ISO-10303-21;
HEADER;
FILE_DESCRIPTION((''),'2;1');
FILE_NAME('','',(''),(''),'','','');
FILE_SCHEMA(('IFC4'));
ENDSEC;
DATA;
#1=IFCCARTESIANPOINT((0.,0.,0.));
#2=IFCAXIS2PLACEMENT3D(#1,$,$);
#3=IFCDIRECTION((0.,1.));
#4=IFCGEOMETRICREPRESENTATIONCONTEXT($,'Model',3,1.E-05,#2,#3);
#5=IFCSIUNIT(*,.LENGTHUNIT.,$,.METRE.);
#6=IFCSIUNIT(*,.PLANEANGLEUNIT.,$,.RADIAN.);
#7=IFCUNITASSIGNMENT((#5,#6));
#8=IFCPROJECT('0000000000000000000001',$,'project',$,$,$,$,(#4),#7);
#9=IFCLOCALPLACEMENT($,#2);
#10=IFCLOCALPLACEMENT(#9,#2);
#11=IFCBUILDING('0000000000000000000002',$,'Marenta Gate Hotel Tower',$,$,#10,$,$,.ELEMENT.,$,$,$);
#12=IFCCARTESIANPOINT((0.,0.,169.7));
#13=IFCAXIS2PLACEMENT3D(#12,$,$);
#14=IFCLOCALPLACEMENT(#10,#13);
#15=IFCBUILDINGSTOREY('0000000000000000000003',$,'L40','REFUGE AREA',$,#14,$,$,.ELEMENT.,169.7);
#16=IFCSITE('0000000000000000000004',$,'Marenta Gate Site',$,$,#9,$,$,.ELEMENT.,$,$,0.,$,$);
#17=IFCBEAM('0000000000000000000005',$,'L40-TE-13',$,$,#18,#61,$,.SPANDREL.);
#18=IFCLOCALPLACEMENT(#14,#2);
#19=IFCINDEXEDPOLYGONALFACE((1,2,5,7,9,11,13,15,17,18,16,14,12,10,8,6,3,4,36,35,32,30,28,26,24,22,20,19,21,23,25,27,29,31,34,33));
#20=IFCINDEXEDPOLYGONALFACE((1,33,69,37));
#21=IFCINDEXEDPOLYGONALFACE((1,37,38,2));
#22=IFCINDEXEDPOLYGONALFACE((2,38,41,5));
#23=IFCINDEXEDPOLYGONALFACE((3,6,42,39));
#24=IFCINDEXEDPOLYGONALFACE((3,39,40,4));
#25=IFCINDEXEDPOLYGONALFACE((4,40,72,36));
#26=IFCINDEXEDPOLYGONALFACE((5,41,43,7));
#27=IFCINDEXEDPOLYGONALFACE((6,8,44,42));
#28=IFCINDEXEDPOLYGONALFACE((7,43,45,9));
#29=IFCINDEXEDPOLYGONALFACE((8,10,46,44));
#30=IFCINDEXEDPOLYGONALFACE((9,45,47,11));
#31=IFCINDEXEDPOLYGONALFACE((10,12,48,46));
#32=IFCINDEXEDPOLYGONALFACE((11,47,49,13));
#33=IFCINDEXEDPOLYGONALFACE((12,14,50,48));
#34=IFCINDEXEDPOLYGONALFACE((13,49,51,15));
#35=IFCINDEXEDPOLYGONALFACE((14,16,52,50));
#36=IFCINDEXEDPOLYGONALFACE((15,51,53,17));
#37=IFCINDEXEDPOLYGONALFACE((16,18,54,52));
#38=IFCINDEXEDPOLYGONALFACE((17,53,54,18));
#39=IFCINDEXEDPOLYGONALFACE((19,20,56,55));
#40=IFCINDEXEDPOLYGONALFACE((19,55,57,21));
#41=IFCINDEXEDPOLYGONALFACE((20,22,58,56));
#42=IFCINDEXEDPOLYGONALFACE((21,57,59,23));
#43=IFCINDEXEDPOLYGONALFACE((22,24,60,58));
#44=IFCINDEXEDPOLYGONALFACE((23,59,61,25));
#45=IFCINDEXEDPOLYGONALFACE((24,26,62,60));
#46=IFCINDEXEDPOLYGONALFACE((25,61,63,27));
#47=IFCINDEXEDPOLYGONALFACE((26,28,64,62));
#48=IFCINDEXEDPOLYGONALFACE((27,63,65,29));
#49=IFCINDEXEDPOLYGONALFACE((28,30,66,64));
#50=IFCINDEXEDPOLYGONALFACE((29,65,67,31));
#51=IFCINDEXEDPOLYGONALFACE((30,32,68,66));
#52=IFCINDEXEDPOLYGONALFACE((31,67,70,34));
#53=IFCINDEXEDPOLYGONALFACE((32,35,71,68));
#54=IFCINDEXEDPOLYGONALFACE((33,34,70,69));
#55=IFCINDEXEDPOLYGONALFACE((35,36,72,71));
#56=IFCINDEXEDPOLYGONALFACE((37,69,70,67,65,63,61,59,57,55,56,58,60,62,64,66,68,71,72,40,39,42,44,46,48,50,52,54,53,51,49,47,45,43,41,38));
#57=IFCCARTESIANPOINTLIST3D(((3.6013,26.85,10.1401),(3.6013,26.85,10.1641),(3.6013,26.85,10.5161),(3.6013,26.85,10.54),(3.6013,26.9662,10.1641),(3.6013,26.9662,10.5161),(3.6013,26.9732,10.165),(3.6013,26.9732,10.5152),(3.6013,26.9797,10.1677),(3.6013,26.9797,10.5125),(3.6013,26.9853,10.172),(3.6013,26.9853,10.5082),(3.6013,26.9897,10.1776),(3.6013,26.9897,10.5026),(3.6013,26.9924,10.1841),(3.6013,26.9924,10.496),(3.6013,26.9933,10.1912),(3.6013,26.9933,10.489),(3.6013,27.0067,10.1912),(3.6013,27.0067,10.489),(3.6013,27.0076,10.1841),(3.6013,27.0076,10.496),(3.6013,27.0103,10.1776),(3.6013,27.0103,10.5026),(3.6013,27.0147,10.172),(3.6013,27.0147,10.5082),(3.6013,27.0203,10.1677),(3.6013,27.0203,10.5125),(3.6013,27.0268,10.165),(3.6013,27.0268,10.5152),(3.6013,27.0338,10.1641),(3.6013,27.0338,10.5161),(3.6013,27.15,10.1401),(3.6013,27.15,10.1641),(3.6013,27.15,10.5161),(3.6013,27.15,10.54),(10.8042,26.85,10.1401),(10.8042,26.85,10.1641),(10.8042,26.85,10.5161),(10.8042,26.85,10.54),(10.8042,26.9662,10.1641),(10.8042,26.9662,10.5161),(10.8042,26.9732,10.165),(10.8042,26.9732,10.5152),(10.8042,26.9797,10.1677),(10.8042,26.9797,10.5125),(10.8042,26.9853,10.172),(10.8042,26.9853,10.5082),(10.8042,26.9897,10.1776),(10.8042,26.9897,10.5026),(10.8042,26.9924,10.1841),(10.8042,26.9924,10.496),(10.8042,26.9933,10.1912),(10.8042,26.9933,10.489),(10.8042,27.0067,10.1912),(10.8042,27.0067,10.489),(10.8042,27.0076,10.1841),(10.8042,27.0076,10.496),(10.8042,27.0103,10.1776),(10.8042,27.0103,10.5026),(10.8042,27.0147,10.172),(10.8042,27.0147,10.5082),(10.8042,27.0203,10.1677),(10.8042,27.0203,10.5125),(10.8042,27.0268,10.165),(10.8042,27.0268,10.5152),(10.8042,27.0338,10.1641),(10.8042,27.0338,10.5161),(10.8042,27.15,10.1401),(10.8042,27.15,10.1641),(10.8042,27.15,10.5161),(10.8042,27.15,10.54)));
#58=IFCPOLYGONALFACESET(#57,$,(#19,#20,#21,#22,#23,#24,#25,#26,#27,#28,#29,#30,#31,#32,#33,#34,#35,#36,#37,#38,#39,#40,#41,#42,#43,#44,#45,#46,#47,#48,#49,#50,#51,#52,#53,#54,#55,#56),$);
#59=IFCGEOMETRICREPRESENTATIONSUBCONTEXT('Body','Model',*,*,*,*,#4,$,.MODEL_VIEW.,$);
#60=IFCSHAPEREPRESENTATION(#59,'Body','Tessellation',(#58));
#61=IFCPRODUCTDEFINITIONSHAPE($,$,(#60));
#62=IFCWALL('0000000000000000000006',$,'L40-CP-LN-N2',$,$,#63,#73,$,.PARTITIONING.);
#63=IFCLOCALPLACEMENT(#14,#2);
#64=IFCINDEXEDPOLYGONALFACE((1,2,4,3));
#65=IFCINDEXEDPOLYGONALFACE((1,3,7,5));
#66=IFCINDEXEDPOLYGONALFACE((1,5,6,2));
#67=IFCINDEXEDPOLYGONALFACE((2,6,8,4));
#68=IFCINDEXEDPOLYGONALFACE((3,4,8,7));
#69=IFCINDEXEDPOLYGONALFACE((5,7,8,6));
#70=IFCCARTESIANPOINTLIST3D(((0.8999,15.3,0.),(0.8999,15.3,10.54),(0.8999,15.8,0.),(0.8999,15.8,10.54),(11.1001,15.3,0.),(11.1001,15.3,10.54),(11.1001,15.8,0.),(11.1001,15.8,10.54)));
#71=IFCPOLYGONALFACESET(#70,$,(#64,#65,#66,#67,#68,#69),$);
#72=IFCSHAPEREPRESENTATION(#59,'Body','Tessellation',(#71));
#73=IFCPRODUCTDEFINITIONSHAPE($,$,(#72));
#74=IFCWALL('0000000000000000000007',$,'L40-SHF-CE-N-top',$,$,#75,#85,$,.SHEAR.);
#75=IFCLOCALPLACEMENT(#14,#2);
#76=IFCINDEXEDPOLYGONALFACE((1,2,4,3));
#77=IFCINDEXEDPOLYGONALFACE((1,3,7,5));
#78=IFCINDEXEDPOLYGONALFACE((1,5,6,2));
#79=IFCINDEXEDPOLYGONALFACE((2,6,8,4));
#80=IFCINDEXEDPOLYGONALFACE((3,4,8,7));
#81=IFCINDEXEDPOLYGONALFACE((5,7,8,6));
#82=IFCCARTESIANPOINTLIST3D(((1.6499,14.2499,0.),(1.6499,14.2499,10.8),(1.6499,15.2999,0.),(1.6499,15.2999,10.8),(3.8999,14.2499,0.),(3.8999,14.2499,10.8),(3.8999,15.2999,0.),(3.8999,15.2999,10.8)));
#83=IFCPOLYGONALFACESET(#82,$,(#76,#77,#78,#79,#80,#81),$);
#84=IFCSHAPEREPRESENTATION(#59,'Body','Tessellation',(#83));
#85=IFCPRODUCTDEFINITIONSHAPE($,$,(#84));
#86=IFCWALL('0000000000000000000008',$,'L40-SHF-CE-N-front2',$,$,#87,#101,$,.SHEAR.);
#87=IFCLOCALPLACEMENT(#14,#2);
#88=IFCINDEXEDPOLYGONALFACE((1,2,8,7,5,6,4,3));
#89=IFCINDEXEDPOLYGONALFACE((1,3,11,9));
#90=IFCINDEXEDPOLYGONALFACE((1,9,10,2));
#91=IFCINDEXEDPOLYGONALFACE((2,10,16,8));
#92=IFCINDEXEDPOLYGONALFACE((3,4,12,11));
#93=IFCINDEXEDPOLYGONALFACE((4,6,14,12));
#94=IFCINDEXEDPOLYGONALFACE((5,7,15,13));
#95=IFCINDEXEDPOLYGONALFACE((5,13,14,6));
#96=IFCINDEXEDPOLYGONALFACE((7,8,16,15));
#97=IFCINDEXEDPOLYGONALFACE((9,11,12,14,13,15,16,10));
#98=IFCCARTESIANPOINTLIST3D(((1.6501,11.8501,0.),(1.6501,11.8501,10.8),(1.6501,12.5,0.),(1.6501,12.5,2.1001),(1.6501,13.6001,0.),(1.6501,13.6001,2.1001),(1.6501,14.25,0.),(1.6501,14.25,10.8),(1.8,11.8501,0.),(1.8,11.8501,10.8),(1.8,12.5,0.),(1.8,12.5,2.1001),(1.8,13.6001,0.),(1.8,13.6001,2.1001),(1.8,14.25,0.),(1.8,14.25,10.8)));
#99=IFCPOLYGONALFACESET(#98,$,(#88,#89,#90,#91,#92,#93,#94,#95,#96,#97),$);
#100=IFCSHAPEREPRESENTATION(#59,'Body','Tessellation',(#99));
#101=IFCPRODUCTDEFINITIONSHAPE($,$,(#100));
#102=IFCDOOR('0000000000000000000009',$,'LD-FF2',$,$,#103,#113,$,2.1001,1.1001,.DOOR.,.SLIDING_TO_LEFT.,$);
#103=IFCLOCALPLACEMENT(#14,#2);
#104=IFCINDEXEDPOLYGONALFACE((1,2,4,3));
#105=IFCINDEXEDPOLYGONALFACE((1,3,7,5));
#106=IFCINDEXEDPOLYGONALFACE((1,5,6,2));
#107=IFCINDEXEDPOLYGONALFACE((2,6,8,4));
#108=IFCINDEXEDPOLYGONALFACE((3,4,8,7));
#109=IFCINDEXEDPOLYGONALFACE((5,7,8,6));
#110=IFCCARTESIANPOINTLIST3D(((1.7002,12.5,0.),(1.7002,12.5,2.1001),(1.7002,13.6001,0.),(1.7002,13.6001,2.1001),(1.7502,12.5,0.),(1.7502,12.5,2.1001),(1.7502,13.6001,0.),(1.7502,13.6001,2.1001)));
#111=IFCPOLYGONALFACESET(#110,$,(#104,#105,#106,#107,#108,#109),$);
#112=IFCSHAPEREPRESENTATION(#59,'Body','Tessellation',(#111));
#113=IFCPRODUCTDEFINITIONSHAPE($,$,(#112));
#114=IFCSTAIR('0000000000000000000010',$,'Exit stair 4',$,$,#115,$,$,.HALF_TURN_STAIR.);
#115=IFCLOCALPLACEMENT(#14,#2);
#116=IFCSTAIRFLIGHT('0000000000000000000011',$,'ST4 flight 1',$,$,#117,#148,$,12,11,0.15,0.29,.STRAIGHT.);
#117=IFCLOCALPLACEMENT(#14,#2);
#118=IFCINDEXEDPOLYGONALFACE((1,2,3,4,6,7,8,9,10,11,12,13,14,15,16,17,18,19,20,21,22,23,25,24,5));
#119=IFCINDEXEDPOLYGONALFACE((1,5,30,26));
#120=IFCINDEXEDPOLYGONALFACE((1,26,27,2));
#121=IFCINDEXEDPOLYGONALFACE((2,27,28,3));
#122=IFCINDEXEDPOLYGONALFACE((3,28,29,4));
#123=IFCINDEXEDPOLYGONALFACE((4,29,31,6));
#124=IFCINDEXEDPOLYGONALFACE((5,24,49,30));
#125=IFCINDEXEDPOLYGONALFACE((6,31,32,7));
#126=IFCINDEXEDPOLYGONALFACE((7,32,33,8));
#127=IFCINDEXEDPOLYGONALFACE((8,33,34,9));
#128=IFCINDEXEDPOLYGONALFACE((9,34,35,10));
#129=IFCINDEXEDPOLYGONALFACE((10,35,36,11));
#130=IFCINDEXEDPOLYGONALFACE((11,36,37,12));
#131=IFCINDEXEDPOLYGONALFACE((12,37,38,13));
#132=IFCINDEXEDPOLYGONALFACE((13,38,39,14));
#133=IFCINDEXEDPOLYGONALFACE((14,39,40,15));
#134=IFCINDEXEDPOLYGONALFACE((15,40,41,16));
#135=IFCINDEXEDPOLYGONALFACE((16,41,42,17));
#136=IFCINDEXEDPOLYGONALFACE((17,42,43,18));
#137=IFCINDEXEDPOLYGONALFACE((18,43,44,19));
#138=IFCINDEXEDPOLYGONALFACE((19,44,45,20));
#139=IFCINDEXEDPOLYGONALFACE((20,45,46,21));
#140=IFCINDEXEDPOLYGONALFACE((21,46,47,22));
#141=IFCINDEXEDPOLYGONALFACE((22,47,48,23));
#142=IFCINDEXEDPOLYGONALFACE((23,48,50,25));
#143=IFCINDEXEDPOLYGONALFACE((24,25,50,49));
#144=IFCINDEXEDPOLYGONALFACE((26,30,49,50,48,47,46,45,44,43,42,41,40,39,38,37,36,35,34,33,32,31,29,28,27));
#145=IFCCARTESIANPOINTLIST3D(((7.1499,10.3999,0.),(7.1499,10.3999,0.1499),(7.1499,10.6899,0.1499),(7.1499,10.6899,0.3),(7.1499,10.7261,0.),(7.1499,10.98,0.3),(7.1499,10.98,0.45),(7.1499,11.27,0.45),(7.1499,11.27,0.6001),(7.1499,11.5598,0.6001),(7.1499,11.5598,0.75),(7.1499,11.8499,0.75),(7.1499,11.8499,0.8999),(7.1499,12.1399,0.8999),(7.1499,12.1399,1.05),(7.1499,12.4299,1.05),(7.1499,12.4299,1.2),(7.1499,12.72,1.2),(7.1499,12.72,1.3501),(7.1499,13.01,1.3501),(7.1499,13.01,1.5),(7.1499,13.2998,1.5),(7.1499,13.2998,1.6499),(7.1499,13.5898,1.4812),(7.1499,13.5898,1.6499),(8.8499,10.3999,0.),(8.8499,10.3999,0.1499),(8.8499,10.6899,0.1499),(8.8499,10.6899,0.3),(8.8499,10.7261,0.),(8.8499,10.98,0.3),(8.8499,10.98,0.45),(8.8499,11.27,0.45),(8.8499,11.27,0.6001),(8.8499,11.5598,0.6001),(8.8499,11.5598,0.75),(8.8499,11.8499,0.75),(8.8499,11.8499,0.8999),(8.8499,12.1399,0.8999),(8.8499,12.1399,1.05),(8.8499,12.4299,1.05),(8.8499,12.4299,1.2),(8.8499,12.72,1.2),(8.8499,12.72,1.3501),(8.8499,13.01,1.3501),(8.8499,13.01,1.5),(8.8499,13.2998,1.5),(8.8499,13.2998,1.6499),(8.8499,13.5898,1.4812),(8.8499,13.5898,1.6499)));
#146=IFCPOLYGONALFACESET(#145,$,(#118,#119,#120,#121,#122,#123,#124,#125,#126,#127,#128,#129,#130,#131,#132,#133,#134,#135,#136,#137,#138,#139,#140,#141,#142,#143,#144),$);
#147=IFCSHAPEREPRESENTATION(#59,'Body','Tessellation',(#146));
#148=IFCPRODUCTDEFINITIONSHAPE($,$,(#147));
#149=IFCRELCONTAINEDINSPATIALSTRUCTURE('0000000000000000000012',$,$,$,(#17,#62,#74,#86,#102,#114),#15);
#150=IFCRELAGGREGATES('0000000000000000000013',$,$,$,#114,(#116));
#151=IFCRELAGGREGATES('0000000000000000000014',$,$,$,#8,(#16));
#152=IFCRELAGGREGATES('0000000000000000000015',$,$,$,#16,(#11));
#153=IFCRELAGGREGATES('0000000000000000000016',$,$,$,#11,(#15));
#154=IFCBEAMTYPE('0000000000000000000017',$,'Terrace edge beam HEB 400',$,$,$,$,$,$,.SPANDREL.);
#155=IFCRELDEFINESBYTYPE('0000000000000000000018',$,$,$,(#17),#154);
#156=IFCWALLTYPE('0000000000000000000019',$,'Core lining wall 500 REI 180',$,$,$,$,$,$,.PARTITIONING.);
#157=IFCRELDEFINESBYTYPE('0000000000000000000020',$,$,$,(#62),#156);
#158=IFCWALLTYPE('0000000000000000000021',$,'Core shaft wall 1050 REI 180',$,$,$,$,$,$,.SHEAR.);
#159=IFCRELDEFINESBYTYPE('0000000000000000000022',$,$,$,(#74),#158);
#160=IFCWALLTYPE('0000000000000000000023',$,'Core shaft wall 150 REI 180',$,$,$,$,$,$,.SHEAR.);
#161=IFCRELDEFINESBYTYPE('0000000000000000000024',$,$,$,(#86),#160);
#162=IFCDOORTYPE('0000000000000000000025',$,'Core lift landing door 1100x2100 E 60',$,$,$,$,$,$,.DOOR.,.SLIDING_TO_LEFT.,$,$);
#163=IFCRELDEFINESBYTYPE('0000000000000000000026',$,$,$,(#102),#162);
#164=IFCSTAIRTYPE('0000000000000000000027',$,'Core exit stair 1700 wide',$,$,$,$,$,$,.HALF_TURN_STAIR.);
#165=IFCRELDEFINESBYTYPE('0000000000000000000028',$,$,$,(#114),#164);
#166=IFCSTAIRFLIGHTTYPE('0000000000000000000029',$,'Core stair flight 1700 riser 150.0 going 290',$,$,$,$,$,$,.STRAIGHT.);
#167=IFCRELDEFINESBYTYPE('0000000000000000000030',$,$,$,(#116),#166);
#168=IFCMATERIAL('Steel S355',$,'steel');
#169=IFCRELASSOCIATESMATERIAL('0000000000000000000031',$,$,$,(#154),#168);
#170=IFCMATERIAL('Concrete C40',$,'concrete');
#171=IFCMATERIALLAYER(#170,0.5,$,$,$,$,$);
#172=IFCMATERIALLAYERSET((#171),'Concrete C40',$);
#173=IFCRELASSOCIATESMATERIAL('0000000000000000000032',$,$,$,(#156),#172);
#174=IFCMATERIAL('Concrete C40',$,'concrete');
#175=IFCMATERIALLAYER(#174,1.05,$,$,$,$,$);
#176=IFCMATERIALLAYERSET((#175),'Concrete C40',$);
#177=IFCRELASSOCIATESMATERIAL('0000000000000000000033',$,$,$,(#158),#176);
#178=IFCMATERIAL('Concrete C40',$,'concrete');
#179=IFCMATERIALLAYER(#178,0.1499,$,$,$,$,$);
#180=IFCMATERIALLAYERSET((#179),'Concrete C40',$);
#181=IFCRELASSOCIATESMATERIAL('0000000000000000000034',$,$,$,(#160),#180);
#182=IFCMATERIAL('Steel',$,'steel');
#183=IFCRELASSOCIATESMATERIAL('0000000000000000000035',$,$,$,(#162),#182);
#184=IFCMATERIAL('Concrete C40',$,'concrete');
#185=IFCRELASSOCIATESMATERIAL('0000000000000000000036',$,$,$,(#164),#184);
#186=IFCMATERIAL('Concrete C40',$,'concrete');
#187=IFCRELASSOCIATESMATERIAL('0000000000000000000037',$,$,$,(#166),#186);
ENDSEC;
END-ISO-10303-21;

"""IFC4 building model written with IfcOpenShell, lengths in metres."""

from ifc_helpers import new_model, si_unit, direction, frame, frame_2d, origin, origin_2d, place, context, subcontext, project, spatial, polyline, rectangle, i_section, outline, extrude, material, layer, layer_set, material_profile, profile_set, type_object, element, fill, aggregate, save


model = new_model("IFC4")

# Units and contexts
model_context = context("Model", 3, precision=1e-05, world=origin(), true_north=direction((0.0, 1.0)))
body_context = subcontext(model_context, "Body", "Model", "MODEL_VIEW")
ifc_project = project(units=[si_unit("LENGTHUNIT", "METRE"), si_unit("PLANEANGLEUNIT", "RADIAN")], contexts=[model_context])

# Site, building, storey
site_placement = place(None, origin())
site = spatial("IfcSite", under=ifc_project, at=site_placement, Name="Marenta Gate Site", CompositionType="ELEMENT", RefElevation=0.0)
building_placement = place(site_placement, origin())
building = spatial("IfcBuilding", under=site, at=building_placement, Name="Marenta Gate Hotel Tower", CompositionType="ELEMENT")
storey_placement = place(building_placement, frame((0.0, 0.0, 169.7)))
storey = spatial("IfcBuildingStorey", under=building, at=storey_placement, Name="L40", Description="REFUGE AREA", CompositionType="ELEMENT", Elevation=169.7)

# Beam
ifc_material_1 = material(Name="Steel S355", Category="steel")
ifc_material_profile_1 = material_profile(ifc_material_1, i_section(OverallWidth=0.3, OverallDepth=0.3999, WebThickness=0.0134, FlangeThickness=0.0239, FilletRadius=0.0271, at=origin_2d()), Name="HEB 400")
ifc_profile_set_1 = profile_set([ifc_material_profile_1], Name="Steel S355")
beam_type_1 = type_object("IfcBeamType", Name="Terrace edge beam HEB 400", PredefinedType="SPANDREL", material=ifc_profile_set_1)
beam_1_placement = place(storey_placement, frame((3.6013, 27.0, 10.3401), z_axis=(1.0, 0.0, 0.0), x_axis=(0.0, 1.0, 0.0)))
element("IfcBeam", 1, at=beam_1_placement, inside=storey, type_object=beam_type_1, Name="L40-TE-13", PredefinedType="SPANDREL", context=body_context, shape_type="SweptSolid", body=[
    extrude(i_section(OverallWidth=0.3, OverallDepth=0.3999, WebThickness=0.0134, FlangeThickness=0.0239, FilletRadius=0.0271, at=origin_2d()), origin(), (0.0, 0.0, 1.0), 7.2029),
])

# Walls
ifc_material_2 = material(Name="Concrete C40", Category="concrete")
ifc_layer_1 = layer(ifc_material_2, 0.5)
ifc_layer_set_1 = layer_set([ifc_layer_1], Name="Concrete C40")
wall_type_1 = type_object("IfcWallType", Name="Core lining wall 500 REI 180", PredefinedType="PARTITIONING", material=ifc_layer_set_1)
wall_1_placement = place(storey_placement, frame((0.8999, 15.55, 0.0), z_axis=(0.0, 0.0, 1.0), x_axis=(1.0, 0.0, 0.0)))
element("IfcWall", 2, at=wall_1_placement, inside=storey, type_object=wall_type_1, Name="L40-CP-LN-N2", PredefinedType="PARTITIONING", context=body_context, shape_type="SweptSolid", body=[
    extrude(rectangle(XDim=10.2002, YDim=0.5, at=frame_2d((5.1001, 0.0))), origin(), (0.0, 0.0, 1.0), 10.54),
])
ifc_material_3 = material(Name="Concrete C40", Category="concrete")
ifc_layer_2 = layer(ifc_material_3, 1.05)
ifc_layer_set_2 = layer_set([ifc_layer_2], Name="Concrete C40")
wall_type_2 = type_object("IfcWallType", Name="Core shaft wall 1050 REI 180", PredefinedType="SHEAR", material=ifc_layer_set_2)
wall_2_placement = place(storey_placement, frame((1.6499, 14.7749, 0.0), z_axis=(0.0, 0.0, 1.0), x_axis=(1.0, 0.0, 0.0)))
element("IfcWall", 3, at=wall_2_placement, inside=storey, type_object=wall_type_2, Name="L40-SHF-CE-N-top", PredefinedType="SHEAR", context=body_context, shape_type="SweptSolid", body=[
    extrude(rectangle(XDim=2.25, YDim=1.05, at=frame_2d((1.125, 0.0))), origin(), (0.0, 0.0, 1.0), 10.8),
])

# Wall, opening, door
ifc_material_4 = material(Name="Concrete C40", Category="concrete")
ifc_layer_3 = layer(ifc_material_4, 0.1499)
ifc_layer_set_3 = layer_set([ifc_layer_3], Name="Concrete C40")
wall_type_3 = type_object("IfcWallType", Name="Core shaft wall 150 REI 180", PredefinedType="SHEAR", material=ifc_layer_set_3)
wall_3_placement = place(storey_placement, frame((1.7251, 11.8501, 0.0), z_axis=(0.0, 0.0, 1.0), x_axis=(0.0, 1.0, 0.0)))
wall_3 = element("IfcWall", 4, at=wall_3_placement, inside=storey, type_object=wall_type_3, Name="L40-SHF-CE-N-front2", PredefinedType="SHEAR", context=body_context, shape_type="SweptSolid", body=[
    extrude(rectangle(XDim=2.3999, YDim=0.1499, at=frame_2d((1.2, 0.0))), origin(), (0.0, 0.0, 1.0), 10.8),
])
opening_placement = place(wall_3_placement, frame((0.6499, 0.0, 0.0)))
opening = element("IfcOpeningElement", 5, at=opening_placement, cuts=wall_3, PredefinedType="OPENING", context=body_context, shape_type="SweptSolid", body=[
    extrude(rectangle(XDim=1.1001, YDim=2.1001, at=frame_2d((0.55, 1.05))), frame((0.0, 0.075, 0.0), z_axis=(0.0, -1.0, 0.0), x_axis=(1.0, 0.0, 0.0)), (0.0, 0.0, 1.0), 0.1499),
])
ifc_material_5 = material(Name="Steel", Category="steel")
door_type = type_object("IfcDoorType", Name="Core lift landing door 1100x2100 E 60", OperationType="SLIDING_TO_LEFT", PredefinedType="DOOR", material=ifc_material_5)
door_placement = place(opening_placement, origin())
door = element("IfcDoor", 6, at=door_placement, inside=storey, type_object=door_type, Name="LD-FF2", OperationType="SLIDING_TO_LEFT", OverallHeight=2.1001, OverallWidth=1.1001, PredefinedType="DOOR", context=body_context, shape_type="SweptSolid", body=[
    extrude(rectangle(XDim=1.1001, YDim=2.1001, at=frame_2d((0.55, 1.05))), frame((0.0, 0.0249, 0.0), z_axis=(0.0, -1.0, 0.0), x_axis=(1.0, 0.0, 0.0)), (0.0, 0.0, 1.0), 0.05),
])
fill(opening, door)

# Stair, stair flight
ifc_material_6 = material(Name="Concrete C40", Category="concrete")
stair_type = type_object("IfcStairType", Name="Core exit stair 1700 wide", PredefinedType="HALF_TURN_STAIR", material=ifc_material_6)
stair_placement = place(storey_placement, origin())
stair = element("IfcStair", 7, at=stair_placement, inside=storey, type_object=stair_type, Name="Exit stair 4", PredefinedType="HALF_TURN_STAIR")
ifc_material_7 = material(Name="Concrete C40", Category="concrete")
stair_flight_type = type_object("IfcStairFlightType", Name="Core stair flight 1700 riser 150.0 going 290", PredefinedType="STRAIGHT", material=ifc_material_7)
stair_flight_1_placement = place(storey_placement, frame((8.0, 10.3999, 0.0), z_axis=(0.0, 0.0, 1.0), x_axis=(0.0, 1.0, 0.0)))
stair_flight_1 = element("IfcStairFlight", 8, at=stair_flight_1_placement, type_object=stair_flight_type, Name="ST4 flight 1", NumberOfRisers=12, NumberOfTreads=11, PredefinedType="STRAIGHT", RiserHeight=0.15, TreadLength=0.29, context=body_context, shape_type="SweptSolid", body=[
    extrude(outline(polyline([(0.0, 0.0), (0.0, 0.1499), (0.29, 0.1499), (0.29, 0.3), (0.5801, 0.3), (0.5801, 0.45), (0.8701, 0.45), (0.8701, 0.6001), (1.1599, 0.6001), (1.1599, 0.75), (1.45, 0.75), (1.45, 0.8999), (1.74, 0.8999), (1.74, 1.05), (2.03, 1.05), (2.03, 1.2), (2.3201, 1.2), (2.3201, 1.3501), (2.6101, 1.3501), (2.6101, 1.5), (2.8999, 1.5), (2.8999, 1.6499), (3.1899, 1.6499), (3.1899, 1.8), (3.1899, 1.4812), (0.3262, 0.0), (0.0, 0.0)])), frame((0.0, 0.8501, 0.0), z_axis=(0.0, -1.0, 0.0), x_axis=(1.0, 0.0, 0.0)), (0.0, 0.0, 1.0), 1.7),
])
aggregate(stair, [stair_flight_1])

save(model, "model.ifc")
